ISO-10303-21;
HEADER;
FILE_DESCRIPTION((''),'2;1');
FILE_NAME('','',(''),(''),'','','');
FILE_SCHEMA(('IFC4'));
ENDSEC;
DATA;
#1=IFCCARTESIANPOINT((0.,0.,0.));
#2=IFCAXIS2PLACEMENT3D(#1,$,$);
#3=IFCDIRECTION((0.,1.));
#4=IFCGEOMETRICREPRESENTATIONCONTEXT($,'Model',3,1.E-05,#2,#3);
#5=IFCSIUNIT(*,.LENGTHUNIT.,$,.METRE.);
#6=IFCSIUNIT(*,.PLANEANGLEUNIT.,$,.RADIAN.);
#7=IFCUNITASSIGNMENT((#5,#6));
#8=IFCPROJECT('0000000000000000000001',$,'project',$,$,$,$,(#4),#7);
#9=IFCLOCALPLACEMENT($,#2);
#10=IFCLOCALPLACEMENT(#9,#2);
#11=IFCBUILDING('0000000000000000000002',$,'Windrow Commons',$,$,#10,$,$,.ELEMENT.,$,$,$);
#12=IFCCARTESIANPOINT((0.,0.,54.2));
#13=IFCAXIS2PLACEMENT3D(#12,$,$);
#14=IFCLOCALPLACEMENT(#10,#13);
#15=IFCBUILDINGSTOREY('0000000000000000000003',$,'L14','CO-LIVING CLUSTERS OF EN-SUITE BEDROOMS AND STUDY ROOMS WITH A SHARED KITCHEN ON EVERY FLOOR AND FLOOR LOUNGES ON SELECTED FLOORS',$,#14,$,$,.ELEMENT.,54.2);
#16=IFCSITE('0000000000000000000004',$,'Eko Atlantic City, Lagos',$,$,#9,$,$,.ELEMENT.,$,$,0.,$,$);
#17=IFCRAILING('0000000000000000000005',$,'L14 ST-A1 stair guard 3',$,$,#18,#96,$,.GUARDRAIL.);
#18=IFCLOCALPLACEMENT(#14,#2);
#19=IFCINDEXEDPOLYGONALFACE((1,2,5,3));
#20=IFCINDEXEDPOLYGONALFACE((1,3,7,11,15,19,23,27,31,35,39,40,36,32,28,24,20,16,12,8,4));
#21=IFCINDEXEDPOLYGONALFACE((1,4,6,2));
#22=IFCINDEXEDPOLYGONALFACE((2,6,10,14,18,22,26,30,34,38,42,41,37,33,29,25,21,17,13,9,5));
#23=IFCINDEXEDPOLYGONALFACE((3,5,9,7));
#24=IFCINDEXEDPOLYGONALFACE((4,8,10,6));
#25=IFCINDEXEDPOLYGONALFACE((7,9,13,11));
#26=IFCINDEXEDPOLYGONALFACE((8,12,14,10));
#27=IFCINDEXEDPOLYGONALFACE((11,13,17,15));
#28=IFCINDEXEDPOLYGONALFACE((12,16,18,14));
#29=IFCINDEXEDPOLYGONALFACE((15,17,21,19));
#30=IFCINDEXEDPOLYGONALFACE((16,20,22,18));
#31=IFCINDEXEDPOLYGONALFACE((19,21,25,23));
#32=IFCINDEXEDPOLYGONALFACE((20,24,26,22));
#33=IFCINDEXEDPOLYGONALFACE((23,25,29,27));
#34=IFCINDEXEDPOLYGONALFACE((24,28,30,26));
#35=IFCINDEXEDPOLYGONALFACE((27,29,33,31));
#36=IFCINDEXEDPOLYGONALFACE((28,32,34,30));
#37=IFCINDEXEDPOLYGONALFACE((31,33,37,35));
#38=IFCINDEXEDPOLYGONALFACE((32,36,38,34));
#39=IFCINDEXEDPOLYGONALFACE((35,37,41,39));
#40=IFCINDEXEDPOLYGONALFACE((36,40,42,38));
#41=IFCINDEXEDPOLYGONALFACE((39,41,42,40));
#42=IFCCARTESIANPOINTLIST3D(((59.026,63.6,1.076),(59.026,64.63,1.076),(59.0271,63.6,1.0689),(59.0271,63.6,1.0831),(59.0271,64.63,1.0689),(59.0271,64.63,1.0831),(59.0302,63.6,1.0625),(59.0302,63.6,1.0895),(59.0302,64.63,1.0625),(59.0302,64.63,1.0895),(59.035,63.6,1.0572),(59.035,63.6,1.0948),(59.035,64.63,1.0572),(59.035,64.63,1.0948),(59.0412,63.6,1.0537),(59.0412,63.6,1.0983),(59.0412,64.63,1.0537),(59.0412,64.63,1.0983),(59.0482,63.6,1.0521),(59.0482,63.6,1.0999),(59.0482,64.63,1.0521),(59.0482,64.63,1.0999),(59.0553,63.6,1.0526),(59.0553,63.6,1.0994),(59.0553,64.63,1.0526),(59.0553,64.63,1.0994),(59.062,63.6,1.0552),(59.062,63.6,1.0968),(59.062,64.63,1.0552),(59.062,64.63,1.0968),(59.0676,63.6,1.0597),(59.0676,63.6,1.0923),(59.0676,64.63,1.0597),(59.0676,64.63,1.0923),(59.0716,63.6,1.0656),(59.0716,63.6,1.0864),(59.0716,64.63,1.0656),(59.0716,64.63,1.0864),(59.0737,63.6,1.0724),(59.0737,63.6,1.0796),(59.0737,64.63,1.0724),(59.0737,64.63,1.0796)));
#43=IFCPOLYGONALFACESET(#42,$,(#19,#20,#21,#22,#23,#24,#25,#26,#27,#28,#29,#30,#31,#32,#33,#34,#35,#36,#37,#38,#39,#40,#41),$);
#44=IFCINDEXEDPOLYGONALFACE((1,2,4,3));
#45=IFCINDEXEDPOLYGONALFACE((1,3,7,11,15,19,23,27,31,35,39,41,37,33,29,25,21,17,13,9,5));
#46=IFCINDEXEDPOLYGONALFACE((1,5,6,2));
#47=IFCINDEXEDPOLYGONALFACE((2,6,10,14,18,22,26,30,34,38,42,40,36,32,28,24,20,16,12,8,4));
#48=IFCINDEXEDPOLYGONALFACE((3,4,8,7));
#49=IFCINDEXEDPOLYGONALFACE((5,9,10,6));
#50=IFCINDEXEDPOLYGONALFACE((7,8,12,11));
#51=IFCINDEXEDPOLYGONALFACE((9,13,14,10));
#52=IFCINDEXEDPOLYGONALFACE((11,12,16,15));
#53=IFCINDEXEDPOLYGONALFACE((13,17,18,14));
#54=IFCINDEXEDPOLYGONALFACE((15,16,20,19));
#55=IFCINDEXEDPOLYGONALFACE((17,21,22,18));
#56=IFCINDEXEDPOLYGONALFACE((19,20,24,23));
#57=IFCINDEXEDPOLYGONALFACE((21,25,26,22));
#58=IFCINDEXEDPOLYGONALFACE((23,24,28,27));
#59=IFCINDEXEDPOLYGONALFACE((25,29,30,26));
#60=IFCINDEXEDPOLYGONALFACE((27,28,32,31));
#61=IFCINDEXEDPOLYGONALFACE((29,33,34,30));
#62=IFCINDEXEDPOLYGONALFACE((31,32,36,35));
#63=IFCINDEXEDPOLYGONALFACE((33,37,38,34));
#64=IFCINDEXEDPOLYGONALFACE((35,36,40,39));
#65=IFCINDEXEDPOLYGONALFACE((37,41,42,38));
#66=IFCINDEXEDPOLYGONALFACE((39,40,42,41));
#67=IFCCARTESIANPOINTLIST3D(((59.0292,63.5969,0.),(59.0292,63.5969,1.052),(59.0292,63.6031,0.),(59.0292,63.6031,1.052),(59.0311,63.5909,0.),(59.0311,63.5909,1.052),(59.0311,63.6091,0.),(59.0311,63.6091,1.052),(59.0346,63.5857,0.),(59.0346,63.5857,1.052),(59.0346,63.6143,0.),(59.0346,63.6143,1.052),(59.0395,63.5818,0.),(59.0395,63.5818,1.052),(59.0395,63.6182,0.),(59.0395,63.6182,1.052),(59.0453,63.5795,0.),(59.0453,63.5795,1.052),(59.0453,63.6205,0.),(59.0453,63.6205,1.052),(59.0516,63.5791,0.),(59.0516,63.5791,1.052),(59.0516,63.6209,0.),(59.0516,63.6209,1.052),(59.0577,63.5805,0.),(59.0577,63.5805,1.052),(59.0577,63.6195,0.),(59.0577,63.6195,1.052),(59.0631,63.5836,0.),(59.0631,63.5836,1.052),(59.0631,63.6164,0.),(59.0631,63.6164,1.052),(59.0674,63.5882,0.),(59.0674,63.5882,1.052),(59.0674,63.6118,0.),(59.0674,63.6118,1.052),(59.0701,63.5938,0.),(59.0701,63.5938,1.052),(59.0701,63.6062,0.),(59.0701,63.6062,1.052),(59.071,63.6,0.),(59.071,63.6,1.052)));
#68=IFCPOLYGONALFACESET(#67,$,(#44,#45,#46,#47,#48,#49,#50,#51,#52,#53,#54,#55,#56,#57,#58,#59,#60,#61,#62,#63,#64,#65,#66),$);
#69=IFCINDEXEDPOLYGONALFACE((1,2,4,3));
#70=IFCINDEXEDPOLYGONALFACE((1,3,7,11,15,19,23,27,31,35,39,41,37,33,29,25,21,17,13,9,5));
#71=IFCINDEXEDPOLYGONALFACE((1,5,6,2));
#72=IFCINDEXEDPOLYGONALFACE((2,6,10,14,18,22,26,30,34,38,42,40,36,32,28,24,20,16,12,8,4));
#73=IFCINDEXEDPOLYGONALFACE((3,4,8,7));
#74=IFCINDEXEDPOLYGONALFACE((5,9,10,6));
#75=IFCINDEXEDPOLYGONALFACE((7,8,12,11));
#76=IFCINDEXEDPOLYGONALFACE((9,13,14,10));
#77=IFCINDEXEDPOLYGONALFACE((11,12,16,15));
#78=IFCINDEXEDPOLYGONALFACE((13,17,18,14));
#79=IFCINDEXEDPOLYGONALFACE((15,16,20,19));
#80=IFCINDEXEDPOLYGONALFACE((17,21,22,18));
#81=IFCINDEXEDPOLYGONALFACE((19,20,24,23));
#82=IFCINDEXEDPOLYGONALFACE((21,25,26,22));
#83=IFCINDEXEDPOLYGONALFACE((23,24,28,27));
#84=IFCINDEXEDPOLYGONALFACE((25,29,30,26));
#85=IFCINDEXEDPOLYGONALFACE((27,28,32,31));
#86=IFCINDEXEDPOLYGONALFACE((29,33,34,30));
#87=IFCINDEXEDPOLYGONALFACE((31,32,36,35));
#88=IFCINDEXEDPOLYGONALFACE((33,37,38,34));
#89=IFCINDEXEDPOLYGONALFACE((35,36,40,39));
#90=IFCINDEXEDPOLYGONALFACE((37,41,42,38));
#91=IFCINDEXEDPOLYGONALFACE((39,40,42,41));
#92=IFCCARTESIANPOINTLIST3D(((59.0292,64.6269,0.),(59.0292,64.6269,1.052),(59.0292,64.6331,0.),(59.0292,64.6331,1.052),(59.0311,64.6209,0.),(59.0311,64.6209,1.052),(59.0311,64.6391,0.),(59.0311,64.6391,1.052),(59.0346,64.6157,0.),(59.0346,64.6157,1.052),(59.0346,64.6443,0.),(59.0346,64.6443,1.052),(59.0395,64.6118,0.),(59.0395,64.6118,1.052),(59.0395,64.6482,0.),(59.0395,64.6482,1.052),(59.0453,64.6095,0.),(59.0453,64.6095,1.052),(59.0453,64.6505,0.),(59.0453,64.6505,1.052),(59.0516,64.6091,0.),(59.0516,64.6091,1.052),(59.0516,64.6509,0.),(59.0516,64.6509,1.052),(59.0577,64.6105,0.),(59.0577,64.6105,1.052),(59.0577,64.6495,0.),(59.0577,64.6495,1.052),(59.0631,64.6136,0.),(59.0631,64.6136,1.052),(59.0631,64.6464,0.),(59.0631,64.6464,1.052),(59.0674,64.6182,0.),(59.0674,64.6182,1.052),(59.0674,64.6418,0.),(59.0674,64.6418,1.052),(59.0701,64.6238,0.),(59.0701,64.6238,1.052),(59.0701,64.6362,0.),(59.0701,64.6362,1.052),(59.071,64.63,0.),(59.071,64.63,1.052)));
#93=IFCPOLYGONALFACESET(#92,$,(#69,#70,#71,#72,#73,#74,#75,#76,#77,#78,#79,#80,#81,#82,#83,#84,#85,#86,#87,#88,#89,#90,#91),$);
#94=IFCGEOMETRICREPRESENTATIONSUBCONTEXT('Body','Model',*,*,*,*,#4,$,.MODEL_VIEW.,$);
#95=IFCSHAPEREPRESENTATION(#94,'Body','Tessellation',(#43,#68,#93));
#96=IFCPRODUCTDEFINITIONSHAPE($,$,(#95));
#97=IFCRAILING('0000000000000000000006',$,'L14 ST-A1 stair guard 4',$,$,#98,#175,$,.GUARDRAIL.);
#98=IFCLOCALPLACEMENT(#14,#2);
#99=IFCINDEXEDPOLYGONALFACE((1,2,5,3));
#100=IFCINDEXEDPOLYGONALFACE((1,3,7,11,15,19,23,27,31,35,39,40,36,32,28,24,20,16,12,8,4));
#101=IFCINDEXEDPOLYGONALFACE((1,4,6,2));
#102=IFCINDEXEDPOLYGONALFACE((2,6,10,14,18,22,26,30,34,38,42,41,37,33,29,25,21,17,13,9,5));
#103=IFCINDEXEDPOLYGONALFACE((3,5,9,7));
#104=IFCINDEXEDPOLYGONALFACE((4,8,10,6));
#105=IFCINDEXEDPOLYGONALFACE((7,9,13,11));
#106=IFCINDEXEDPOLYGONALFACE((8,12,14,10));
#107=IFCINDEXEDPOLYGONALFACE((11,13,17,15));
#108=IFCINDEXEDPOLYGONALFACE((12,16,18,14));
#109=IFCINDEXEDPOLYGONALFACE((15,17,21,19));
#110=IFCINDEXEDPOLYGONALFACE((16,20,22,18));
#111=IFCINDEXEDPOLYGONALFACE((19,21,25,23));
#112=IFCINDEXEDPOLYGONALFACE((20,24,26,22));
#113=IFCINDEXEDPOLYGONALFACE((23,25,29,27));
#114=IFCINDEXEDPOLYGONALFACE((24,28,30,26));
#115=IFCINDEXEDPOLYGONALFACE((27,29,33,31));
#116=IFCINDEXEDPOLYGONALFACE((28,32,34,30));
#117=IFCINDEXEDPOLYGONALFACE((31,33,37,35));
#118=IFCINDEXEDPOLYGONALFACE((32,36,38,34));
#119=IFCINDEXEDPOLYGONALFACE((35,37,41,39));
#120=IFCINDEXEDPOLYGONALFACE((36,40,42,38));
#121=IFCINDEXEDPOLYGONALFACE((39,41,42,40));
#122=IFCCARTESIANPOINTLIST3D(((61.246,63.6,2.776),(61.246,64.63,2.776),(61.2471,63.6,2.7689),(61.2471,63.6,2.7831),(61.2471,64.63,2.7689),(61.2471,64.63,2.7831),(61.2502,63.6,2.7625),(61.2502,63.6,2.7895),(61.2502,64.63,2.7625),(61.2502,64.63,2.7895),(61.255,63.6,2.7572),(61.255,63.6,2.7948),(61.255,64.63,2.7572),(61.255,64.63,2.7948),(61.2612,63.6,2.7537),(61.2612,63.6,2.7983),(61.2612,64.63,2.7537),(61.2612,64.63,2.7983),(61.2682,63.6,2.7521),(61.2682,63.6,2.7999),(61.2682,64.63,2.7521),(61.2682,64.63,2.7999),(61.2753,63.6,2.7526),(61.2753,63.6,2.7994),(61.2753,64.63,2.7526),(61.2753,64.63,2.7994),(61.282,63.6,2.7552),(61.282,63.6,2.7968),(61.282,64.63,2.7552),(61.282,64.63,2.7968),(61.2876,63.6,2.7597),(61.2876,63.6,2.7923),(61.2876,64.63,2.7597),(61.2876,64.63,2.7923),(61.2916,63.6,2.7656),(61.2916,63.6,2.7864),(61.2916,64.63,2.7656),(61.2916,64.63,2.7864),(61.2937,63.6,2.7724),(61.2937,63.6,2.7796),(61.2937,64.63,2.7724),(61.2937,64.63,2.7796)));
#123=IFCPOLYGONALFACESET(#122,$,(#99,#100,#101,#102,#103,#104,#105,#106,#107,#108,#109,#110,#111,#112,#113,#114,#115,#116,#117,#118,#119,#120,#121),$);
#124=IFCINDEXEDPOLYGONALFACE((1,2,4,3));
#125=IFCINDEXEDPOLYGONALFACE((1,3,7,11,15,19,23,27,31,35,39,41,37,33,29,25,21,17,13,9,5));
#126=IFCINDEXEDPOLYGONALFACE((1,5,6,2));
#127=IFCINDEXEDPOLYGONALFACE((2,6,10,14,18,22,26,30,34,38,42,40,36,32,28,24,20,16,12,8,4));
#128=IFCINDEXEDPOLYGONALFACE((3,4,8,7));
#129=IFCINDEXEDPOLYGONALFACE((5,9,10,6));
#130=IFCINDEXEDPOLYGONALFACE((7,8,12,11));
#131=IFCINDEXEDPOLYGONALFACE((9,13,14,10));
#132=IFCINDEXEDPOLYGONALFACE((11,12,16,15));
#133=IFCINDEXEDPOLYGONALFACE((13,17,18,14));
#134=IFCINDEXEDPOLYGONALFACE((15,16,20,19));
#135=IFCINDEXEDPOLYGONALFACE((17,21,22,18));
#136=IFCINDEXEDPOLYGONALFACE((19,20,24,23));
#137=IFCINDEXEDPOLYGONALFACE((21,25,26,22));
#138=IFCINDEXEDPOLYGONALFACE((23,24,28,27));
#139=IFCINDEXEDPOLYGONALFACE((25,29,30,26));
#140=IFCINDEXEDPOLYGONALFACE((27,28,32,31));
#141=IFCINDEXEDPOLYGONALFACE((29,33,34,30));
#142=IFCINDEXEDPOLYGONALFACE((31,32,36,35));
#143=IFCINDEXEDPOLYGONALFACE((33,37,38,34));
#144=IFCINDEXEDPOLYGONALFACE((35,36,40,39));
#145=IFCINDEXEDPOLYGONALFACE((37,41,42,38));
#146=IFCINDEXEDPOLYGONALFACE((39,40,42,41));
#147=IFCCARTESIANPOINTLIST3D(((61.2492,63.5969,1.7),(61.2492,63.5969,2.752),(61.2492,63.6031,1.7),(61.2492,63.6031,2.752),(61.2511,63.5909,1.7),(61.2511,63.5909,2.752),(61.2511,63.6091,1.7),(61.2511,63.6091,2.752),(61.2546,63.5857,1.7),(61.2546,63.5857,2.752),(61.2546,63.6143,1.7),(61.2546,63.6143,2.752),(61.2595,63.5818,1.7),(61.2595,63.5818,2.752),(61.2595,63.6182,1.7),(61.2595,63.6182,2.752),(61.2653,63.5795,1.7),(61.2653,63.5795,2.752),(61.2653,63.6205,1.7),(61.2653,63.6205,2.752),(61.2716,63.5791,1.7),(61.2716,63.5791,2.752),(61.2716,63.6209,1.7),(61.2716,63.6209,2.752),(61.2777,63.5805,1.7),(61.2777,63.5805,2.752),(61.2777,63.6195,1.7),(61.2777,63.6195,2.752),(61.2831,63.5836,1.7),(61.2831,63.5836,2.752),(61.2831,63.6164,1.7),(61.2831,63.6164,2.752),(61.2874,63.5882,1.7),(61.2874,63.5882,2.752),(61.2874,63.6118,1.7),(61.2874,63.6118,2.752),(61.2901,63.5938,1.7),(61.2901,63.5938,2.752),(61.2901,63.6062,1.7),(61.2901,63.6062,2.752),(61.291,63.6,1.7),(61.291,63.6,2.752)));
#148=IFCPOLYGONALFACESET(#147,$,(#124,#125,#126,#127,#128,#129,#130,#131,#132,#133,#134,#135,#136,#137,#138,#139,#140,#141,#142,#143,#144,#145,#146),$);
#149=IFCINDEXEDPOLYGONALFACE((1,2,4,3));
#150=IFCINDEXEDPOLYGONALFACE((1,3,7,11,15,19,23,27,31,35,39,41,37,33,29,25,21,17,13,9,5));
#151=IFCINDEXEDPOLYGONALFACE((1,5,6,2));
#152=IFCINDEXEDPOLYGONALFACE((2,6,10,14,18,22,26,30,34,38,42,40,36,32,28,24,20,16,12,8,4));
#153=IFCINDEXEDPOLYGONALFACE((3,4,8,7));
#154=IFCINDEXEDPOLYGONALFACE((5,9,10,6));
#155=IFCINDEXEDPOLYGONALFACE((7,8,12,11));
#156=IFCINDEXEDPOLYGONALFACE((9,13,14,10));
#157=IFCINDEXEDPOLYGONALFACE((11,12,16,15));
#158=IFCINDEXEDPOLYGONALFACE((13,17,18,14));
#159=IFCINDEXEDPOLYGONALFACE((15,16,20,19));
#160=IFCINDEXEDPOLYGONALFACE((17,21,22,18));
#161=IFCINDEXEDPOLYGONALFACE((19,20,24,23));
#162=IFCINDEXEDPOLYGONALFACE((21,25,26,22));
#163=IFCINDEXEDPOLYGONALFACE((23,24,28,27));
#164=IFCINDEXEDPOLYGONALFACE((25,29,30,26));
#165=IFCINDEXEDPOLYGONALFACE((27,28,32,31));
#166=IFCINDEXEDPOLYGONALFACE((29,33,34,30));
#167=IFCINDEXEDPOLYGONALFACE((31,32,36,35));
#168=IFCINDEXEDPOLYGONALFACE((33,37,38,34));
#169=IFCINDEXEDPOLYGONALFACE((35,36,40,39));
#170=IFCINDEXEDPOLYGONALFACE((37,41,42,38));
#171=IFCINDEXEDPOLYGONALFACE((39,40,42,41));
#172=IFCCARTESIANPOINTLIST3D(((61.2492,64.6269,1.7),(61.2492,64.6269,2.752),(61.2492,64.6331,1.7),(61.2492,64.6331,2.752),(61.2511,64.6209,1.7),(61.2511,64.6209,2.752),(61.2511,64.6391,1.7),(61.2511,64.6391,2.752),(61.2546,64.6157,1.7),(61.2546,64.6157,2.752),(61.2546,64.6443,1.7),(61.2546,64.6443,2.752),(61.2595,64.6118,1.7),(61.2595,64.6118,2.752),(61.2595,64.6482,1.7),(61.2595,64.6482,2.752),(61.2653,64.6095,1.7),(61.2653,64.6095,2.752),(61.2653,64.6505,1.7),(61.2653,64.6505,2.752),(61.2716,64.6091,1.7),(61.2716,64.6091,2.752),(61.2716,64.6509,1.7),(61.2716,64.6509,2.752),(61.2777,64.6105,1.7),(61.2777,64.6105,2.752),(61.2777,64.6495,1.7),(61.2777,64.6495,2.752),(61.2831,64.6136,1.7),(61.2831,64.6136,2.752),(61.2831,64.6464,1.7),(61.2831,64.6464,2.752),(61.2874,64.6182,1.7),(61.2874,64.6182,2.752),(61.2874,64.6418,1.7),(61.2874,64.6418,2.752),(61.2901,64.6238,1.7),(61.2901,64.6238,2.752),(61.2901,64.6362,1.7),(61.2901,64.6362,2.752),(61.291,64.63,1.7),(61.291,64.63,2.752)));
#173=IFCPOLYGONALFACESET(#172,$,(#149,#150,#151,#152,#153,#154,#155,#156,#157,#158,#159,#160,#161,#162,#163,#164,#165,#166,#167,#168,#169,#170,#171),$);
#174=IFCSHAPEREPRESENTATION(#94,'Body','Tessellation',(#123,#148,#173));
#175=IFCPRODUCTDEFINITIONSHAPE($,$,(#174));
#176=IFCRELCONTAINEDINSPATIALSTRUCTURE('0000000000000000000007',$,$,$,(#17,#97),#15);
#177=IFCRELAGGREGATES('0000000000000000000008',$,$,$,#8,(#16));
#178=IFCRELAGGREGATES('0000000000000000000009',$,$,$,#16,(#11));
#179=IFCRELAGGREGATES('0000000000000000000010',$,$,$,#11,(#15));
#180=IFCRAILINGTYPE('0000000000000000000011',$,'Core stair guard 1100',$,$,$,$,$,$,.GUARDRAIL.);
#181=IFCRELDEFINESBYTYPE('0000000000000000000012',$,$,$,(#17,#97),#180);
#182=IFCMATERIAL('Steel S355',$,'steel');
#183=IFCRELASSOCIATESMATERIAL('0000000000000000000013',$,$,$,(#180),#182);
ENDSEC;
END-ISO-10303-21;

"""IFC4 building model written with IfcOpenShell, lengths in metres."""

from ifc_helpers import new_model, si_unit, direction, frame, origin, origin_2d, place, context, subcontext, project, spatial, circle, extrude, material, type_object, element, save


model = new_model("IFC4")

# Units and contexts
model_context = context("Model", 3, precision=1e-05, world=origin(), true_north=direction((0.0, 1.0)))
body_context = subcontext(model_context, "Body", "Model", "MODEL_VIEW")
ifc_project = project(units=[si_unit("LENGTHUNIT", "METRE"), si_unit("PLANEANGLEUNIT", "RADIAN")], contexts=[model_context])

# Site, building, storey
site_placement = place(None, origin())
site = spatial("IfcSite", under=ifc_project, at=site_placement, Name="Eko Atlantic City, Lagos", CompositionType="ELEMENT", RefElevation=0.0)
building_placement = place(site_placement, origin())
building = spatial("IfcBuilding", under=site, at=building_placement, Name="Windrow Commons", CompositionType="ELEMENT")
storey_placement = place(building_placement, frame((0.0, 0.0, 54.2)))
storey = spatial("IfcBuildingStorey", under=building, at=storey_placement, Name="L14", Description="CO-LIVING CLUSTERS OF EN-SUITE BEDROOMS AND STUDY ROOMS WITH A SHARED KITCHEN ON EVERY FLOOR AND FLOOR LOUNGES ON SELECTED FLOORS", CompositionType="ELEMENT", Elevation=54.2)

# Railings
ifc_material_1 = material(Name="Steel S355", Category="steel")
railing_type_1 = type_object("IfcRailingType", Name="Core stair guard 1100", PredefinedType="GUARDRAIL", material=ifc_material_1)
for number, where, name in (
    (1, (59.05, 63.6, 0.0), "L14 ST-A1 stair guard 3"),
    (2, (61.27, 63.6, 1.7), "L14 ST-A1 stair guard 4"),
):
    element("IfcRailing", number, at=place(storey_placement, frame(where)), inside=storey, type_object=railing_type_1, Name=name, PredefinedType="GUARDRAIL", context=body_context, shape_type="SweptSolid", body=[
        extrude(circle(Radius=0.024, at=origin_2d()), frame((0.0, 0.0, 1.076), z_axis=(0.0, 1.0, 0.0), x_axis=(-1.0, 0.0, 0.0)), (0.0, 0.0, 1.0), 1.03),
        extrude(circle(Radius=0.021, at=origin_2d()), origin(), (0.0, 0.0, 1.0), 1.052),
        extrude(circle(Radius=0.021, at=origin_2d()), frame((0.0, 1.03, 0.0)), (0.0, 0.0, 1.0), 1.052),
    ])

save(model, "model.ifc")
